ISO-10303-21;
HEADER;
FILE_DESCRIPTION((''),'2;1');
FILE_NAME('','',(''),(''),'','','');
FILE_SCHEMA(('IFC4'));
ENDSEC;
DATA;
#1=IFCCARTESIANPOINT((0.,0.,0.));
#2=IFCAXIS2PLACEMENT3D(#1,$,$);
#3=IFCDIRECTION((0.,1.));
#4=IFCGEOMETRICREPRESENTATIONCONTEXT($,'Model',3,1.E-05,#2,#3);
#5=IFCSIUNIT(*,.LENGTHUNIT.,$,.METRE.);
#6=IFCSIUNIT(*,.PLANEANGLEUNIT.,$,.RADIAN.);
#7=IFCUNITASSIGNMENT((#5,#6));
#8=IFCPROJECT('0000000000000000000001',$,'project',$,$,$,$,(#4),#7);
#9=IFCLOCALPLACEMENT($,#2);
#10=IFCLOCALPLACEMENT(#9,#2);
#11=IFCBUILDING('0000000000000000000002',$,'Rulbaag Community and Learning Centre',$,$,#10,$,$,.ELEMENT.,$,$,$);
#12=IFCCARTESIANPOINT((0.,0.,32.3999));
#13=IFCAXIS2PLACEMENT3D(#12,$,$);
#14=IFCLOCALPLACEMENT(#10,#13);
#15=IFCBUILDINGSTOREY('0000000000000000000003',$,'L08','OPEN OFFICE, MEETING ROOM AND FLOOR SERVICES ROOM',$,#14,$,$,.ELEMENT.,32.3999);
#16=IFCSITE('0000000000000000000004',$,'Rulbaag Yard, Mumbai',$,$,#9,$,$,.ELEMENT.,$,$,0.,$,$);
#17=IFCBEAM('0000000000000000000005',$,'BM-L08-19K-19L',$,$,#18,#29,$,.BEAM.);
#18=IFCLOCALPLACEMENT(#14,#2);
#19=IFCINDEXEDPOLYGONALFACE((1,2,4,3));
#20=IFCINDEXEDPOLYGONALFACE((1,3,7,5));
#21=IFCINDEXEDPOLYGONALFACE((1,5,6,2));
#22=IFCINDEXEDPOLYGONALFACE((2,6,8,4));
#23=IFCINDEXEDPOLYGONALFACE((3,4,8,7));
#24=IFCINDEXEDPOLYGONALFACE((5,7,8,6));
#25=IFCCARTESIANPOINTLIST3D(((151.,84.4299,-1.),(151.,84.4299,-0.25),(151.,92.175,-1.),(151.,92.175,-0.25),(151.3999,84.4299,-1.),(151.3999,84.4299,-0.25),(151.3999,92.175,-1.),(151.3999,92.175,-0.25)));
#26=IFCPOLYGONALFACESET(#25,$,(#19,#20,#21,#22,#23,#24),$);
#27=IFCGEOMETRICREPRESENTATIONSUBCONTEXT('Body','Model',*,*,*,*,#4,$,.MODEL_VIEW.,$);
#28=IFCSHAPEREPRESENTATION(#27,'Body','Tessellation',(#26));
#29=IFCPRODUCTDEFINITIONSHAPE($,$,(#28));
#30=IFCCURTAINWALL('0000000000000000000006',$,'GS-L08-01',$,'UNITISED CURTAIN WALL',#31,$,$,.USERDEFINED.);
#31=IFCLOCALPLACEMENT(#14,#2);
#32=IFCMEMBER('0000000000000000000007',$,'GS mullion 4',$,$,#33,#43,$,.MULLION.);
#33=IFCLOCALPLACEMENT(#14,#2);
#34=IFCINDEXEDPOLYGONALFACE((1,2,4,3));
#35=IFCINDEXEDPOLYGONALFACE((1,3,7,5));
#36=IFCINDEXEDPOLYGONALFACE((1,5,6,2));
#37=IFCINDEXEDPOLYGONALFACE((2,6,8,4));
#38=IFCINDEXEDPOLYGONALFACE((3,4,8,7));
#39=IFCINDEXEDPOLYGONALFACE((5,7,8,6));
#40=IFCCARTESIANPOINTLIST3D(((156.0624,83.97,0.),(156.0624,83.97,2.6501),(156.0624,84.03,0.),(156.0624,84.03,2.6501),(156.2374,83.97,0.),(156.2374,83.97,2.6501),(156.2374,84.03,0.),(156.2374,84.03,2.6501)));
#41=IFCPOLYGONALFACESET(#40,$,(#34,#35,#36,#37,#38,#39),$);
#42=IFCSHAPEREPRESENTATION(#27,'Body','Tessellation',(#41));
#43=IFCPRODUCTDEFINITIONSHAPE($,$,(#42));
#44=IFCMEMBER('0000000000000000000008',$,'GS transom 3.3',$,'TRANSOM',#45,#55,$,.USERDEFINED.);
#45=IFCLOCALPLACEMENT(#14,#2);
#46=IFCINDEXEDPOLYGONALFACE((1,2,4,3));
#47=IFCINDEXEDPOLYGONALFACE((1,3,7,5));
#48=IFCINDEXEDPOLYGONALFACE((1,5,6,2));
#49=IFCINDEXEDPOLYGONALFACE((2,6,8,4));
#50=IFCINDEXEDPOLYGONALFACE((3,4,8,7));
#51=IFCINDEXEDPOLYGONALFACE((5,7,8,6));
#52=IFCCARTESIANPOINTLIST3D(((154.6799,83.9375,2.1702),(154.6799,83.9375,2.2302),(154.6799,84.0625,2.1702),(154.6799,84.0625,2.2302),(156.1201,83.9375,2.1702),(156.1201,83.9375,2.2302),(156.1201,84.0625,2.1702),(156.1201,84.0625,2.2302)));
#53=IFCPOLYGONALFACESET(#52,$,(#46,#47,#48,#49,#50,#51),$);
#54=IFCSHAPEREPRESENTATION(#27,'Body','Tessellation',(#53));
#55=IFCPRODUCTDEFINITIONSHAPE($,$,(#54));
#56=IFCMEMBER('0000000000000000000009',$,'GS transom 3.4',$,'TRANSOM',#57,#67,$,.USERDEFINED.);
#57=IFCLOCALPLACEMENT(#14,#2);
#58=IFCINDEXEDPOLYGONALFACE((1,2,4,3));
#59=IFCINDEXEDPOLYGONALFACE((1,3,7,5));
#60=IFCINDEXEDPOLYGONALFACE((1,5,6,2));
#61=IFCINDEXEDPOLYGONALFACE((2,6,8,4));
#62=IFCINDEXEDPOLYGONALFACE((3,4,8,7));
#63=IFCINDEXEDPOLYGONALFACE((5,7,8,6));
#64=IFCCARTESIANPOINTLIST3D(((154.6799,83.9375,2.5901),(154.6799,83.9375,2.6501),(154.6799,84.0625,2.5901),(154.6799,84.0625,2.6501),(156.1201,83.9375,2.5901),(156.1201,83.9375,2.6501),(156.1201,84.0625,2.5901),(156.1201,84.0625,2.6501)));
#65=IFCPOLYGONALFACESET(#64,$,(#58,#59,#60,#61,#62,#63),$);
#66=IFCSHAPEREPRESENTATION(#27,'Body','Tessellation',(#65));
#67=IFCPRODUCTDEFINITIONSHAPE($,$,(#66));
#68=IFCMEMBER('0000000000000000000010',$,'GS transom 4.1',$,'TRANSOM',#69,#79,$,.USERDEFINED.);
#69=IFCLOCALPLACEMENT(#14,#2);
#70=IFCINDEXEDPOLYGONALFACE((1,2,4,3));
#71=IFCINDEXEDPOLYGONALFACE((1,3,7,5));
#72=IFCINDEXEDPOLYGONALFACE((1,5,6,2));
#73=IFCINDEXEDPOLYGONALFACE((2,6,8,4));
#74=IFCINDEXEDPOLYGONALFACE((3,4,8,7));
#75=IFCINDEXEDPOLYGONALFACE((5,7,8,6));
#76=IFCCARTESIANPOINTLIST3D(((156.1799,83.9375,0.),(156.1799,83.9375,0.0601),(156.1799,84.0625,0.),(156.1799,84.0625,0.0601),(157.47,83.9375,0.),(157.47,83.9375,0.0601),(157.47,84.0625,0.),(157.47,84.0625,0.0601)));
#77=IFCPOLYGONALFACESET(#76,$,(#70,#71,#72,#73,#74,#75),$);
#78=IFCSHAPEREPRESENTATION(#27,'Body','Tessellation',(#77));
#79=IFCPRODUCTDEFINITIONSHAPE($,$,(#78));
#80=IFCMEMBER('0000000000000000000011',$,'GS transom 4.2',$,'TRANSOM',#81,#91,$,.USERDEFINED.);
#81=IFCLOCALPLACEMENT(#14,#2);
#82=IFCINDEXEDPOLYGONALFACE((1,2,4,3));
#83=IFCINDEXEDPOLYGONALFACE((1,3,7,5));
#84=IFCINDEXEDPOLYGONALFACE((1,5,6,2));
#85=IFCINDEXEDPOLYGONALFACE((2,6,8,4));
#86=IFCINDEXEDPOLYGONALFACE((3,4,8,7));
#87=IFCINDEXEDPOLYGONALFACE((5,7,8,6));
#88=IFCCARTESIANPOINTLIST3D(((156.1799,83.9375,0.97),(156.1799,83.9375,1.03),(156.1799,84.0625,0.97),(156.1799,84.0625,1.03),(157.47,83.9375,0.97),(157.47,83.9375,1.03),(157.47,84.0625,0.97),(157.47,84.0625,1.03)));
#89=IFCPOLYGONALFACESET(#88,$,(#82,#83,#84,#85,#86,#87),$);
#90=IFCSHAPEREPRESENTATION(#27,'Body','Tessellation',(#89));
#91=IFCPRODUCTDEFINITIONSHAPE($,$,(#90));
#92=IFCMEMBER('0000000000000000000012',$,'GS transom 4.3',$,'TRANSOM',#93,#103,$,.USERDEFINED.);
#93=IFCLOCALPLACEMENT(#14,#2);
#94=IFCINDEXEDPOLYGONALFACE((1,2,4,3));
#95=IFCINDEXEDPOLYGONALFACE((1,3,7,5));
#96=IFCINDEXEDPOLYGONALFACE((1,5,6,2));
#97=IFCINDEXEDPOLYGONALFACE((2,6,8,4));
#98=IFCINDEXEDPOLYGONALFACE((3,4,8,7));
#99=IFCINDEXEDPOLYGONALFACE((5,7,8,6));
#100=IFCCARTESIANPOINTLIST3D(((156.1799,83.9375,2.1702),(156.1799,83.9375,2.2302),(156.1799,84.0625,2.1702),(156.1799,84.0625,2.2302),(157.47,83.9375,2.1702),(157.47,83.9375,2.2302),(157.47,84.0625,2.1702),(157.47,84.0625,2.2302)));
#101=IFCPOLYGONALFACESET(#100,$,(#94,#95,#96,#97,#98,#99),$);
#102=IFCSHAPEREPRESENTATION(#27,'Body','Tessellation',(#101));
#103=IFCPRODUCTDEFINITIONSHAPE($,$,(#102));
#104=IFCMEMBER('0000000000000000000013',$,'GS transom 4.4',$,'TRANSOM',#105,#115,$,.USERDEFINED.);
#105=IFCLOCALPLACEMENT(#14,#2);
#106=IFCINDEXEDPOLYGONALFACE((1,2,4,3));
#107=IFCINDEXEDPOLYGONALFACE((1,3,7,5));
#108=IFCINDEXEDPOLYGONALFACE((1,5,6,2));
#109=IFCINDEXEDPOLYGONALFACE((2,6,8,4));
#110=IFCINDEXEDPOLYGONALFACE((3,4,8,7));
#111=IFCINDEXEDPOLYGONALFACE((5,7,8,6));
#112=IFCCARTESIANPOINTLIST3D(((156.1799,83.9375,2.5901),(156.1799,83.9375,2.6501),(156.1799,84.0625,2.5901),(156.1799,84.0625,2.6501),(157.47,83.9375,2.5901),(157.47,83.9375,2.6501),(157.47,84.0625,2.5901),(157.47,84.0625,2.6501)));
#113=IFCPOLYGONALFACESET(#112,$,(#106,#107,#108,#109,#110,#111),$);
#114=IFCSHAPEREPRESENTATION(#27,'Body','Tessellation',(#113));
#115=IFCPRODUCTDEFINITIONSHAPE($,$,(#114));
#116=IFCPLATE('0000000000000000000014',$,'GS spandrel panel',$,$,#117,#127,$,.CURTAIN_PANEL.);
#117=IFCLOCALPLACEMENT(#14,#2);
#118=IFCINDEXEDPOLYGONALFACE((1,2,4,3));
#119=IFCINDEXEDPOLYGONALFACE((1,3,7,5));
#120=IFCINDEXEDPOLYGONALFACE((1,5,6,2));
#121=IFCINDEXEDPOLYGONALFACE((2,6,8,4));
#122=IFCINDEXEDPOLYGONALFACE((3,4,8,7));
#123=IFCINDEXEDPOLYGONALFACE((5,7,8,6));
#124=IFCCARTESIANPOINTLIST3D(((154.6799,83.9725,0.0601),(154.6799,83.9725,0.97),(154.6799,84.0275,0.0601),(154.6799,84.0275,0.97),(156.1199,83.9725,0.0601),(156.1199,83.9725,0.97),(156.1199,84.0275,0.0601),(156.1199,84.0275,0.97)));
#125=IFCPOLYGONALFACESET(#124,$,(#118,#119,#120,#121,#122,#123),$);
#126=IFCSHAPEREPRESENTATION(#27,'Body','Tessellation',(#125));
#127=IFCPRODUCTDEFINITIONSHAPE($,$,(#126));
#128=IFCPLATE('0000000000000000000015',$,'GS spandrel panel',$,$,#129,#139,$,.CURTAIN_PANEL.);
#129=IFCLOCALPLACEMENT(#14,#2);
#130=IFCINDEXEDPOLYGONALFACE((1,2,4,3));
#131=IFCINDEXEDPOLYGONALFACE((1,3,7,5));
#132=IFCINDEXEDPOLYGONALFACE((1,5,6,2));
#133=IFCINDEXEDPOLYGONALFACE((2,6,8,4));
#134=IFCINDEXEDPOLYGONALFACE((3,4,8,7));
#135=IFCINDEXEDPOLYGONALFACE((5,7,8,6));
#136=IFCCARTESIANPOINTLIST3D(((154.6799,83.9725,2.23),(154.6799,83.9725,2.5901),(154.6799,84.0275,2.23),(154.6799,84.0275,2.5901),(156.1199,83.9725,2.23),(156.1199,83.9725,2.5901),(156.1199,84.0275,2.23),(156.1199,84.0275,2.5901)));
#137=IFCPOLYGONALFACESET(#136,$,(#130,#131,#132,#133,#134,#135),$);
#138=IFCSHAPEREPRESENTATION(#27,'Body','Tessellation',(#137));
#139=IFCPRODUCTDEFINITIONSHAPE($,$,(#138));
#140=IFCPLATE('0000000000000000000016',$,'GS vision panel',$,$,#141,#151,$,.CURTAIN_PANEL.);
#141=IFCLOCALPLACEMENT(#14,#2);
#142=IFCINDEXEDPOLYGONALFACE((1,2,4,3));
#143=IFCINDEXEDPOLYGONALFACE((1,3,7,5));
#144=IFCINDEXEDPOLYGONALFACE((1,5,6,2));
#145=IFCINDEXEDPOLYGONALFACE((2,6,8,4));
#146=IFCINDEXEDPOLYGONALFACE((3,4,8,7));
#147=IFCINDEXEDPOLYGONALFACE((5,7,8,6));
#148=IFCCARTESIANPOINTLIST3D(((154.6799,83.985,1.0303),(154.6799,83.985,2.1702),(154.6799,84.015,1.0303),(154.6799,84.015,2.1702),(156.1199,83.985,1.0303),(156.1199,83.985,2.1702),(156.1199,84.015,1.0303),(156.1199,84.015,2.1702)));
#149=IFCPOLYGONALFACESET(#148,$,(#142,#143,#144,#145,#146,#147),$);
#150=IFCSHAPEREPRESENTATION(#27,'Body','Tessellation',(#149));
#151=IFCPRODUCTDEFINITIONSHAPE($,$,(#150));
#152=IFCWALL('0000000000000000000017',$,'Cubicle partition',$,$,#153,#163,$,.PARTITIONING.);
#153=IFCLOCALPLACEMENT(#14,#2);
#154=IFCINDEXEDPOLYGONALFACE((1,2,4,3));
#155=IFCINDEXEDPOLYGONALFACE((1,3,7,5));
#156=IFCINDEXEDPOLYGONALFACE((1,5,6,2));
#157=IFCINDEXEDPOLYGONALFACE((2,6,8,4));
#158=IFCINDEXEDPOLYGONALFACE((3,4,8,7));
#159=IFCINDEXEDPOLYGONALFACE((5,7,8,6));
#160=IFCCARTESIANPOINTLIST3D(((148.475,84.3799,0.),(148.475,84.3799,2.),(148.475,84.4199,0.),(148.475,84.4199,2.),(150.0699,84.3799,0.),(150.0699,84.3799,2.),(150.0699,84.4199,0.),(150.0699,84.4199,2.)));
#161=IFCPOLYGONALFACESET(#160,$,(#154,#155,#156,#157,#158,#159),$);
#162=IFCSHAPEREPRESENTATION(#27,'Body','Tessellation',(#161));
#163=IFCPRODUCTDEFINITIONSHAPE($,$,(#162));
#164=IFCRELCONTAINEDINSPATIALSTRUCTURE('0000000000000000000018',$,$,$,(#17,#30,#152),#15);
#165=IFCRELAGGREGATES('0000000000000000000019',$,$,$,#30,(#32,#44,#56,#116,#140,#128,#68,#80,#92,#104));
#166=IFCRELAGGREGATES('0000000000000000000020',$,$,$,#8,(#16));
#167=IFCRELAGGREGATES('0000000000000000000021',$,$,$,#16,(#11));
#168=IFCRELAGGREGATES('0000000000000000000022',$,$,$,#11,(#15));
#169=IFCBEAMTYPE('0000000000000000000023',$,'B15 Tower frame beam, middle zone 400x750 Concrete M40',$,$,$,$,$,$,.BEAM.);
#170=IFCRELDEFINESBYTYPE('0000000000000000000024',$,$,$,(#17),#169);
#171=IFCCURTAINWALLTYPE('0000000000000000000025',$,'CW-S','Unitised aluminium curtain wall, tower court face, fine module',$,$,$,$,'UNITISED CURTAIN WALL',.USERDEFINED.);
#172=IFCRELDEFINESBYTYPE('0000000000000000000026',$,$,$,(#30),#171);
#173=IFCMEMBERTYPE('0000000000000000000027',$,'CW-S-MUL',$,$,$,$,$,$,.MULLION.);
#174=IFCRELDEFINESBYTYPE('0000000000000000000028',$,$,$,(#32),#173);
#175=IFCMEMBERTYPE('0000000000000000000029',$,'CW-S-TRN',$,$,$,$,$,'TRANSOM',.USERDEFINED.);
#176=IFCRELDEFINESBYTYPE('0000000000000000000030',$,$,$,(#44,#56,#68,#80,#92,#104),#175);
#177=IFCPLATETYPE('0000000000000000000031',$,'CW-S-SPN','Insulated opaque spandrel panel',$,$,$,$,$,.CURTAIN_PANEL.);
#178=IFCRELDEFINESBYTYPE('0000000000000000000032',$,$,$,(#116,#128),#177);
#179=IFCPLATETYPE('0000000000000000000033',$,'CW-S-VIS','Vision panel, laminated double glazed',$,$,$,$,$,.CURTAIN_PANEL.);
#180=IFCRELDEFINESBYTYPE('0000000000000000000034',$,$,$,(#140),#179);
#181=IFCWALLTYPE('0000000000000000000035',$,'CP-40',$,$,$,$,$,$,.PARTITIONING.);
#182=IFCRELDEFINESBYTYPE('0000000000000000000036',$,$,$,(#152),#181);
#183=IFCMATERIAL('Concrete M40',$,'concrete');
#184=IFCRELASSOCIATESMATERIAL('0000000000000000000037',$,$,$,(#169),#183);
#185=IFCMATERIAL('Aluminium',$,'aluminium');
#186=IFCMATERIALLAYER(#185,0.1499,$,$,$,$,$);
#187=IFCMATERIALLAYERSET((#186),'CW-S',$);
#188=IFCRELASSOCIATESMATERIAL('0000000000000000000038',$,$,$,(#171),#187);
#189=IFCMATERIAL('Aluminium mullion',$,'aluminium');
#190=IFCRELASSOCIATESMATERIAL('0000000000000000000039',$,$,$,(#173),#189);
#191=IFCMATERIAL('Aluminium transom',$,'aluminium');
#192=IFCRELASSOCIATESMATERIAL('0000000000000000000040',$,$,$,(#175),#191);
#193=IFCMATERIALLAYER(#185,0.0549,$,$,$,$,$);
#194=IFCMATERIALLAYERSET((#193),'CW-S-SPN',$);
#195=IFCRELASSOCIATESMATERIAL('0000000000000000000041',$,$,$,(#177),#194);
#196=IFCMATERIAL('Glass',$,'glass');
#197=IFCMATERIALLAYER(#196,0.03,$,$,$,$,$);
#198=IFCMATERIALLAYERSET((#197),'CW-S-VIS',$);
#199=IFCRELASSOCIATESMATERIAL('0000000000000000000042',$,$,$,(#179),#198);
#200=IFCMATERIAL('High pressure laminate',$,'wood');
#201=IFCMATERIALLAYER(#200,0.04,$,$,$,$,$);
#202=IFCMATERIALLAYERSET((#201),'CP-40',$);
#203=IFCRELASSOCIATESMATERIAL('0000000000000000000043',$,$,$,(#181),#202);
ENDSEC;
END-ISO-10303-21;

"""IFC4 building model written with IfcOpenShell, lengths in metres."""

from ifc_helpers import new_model, si_unit, direction, frame, frame_2d, origin, origin_2d, place, context, subcontext, project, spatial, rectangle, extrude, material, layer, layer_set, material_profile, profile_set, type_object, element, aggregate, save


model = new_model("IFC4")

# Units and contexts
model_context = context("Model", 3, precision=1e-05, world=origin(), true_north=direction((0.0, 1.0)))
body_context = subcontext(model_context, "Body", "Model", "MODEL_VIEW")
ifc_project = project(units=[si_unit("LENGTHUNIT", "METRE"), si_unit("PLANEANGLEUNIT", "RADIAN")], contexts=[model_context])

# Site, building, storey
site_placement = place(None, origin())
site = spatial("IfcSite", under=ifc_project, at=site_placement, Name="Rulbaag Yard, Mumbai", CompositionType="ELEMENT", RefElevation=0.0)
building_placement = place(site_placement, origin())
building = spatial("IfcBuilding", under=site, at=building_placement, Name="Rulbaag Community and Learning Centre", CompositionType="ELEMENT")
storey_placement = place(building_placement, frame((0.0, 0.0, 32.3999)))
storey = spatial("IfcBuildingStorey", under=building, at=storey_placement, Name="L08", Description="OPEN OFFICE, MEETING ROOM AND FLOOR SERVICES ROOM", CompositionType="ELEMENT", Elevation=32.3999)

# Beam
ifc_material_1 = material(Name="Concrete M40", Category="concrete")
ifc_material_profile_1 = material_profile(ifc_material_1, rectangle(XDim=0.3999, YDim=0.75, at=origin_2d()), Name="RB400x750")
ifc_profile_set_1 = profile_set([ifc_material_profile_1], Name="Concrete M40")
beam_type = type_object("IfcBeamType", Name="B15 Tower frame beam, middle zone 400x750 Concrete M40", PredefinedType="BEAM", material=ifc_profile_set_1)
beam_placement = place(storey_placement, frame((151.2, 84.4299, -0.625), z_axis=(0.0, 1.0, 0.0), x_axis=(-1.0, 0.0, 0.0)))
element("IfcBeam", 1, at=beam_placement, inside=storey, type_object=beam_type, Name="BM-L08-19K-19L", PredefinedType="BEAM", context=body_context, shape_type="SweptSolid", body=[
    extrude(rectangle(XDim=0.3999, YDim=0.75, at=origin_2d()), origin(), (0.0, 0.0, 1.0), 7.7451),
])

# Curtain wall, members, plates
ifc_material_2 = material(Name="Aluminium", Category="aluminium")
ifc_layer_1 = layer(ifc_material_2, 0.1499)
ifc_layer_set_1 = layer_set([ifc_layer_1], Name="CW-S")
curtain_wall_type = type_object("IfcCurtainWallType", Name="CW-S", Description="Unitised aluminium curtain wall, tower court face, fine module", ElementType="UNITISED CURTAIN WALL", PredefinedType="USERDEFINED", material=ifc_layer_set_1)
curtain_wall_placement = place(storey_placement, origin())
curtain_wall = element("IfcCurtainWall", 2, at=curtain_wall_placement, inside=storey, type_object=curtain_wall_type, Name="GS-L08-01", ObjectType="UNITISED CURTAIN WALL", PredefinedType="USERDEFINED")
ifc_material_3 = material(Name="Aluminium mullion", Category="aluminium")
ifc_material_profile_2 = material_profile(ifc_material_3, rectangle(XDim=0.0601, YDim=0.175, at=origin_2d()), Name="AL 60x175")
ifc_profile_set_2 = profile_set([ifc_material_profile_2], Name="Aluminium mullion")
member_type_1 = type_object("IfcMemberType", Name="CW-S-MUL", PredefinedType="MULLION", material=ifc_profile_set_2)
member_1_placement = place(storey_placement, frame((156.1499, 84.0, 0.0), z_axis=(0.0, 0.0, 1.0), x_axis=(0.0, 1.0, 0.0)))
member_1 = element("IfcMember", 3, at=member_1_placement, type_object=member_type_1, Name="GS mullion 4", PredefinedType="MULLION", context=body_context, shape_type="SweptSolid", body=[
    extrude(rectangle(XDim=0.0601, YDim=0.175, at=origin_2d()), origin(), (0.0, 0.0, 1.0), 2.6501),
])
ifc_material_4 = material(Name="Aluminium transom", Category="aluminium")
ifc_material_profile_3 = material_profile(ifc_material_4, rectangle(XDim=0.125, YDim=0.0601, at=origin_2d()), Name="AL 60x125 T")
ifc_profile_set_3 = profile_set([ifc_material_profile_3], Name="Aluminium transom")
member_type_2 = type_object("IfcMemberType", Name="CW-S-TRN", ElementType="TRANSOM", PredefinedType="USERDEFINED", material=ifc_profile_set_3)
member_2_placement = place(storey_placement, frame((154.6799, 84.0, 2.2002), z_axis=(1.0, 0.0, 0.0), x_axis=(0.0, 1.0, 0.0)))
member_2 = element("IfcMember", 4, at=member_2_placement, type_object=member_type_2, Name="GS transom 3.3", ObjectType="TRANSOM", PredefinedType="USERDEFINED", context=body_context, shape_type="SweptSolid", body=[
    extrude(rectangle(XDim=0.125, YDim=0.0601, at=origin_2d()), origin(), (0.0, 0.0, 1.0), 1.4402),
])
member_3_placement = place(storey_placement, frame((154.6799, 84.0, 2.6201), z_axis=(1.0, 0.0, 0.0), x_axis=(0.0, 1.0, 0.0)))
member_3 = element("IfcMember", 5, at=member_3_placement, type_object=member_type_2, Name="GS transom 3.4", ObjectType="TRANSOM", PredefinedType="USERDEFINED", context=body_context, shape_type="SweptSolid", body=[
    extrude(rectangle(XDim=0.125, YDim=0.0601, at=origin_2d()), origin(), (0.0, 0.0, 1.0), 1.4402),
])
member_4_placement = place(storey_placement, frame((156.1799, 84.0, 0.03), z_axis=(1.0, 0.0, 0.0), x_axis=(0.0, 1.0, 0.0)))
member_4 = element("IfcMember", 6, at=member_4_placement, type_object=member_type_2, Name="GS transom 4.1", ObjectType="TRANSOM", PredefinedType="USERDEFINED", context=body_context, shape_type="SweptSolid", body=[
    extrude(rectangle(XDim=0.125, YDim=0.0601, at=origin_2d()), origin(), (0.0, 0.0, 1.0), 1.29),
])
member_5_placement = place(storey_placement, frame((156.1799, 84.0, 1.0), z_axis=(1.0, 0.0, 0.0), x_axis=(0.0, 1.0, 0.0)))
member_5 = element("IfcMember", 7, at=member_5_placement, type_object=member_type_2, Name="GS transom 4.2", ObjectType="TRANSOM", PredefinedType="USERDEFINED", context=body_context, shape_type="SweptSolid", body=[
    extrude(rectangle(XDim=0.125, YDim=0.0601, at=origin_2d()), origin(), (0.0, 0.0, 1.0), 1.29),
])
member_6_placement = place(storey_placement, frame((156.1799, 84.0, 2.2002), z_axis=(1.0, 0.0, 0.0), x_axis=(0.0, 1.0, 0.0)))
member_6 = element("IfcMember", 8, at=member_6_placement, type_object=member_type_2, Name="GS transom 4.3", ObjectType="TRANSOM", PredefinedType="USERDEFINED", context=body_context, shape_type="SweptSolid", body=[
    extrude(rectangle(XDim=0.125, YDim=0.0601, at=origin_2d()), origin(), (0.0, 0.0, 1.0), 1.29),
])
member_7_placement = place(storey_placement, frame((156.1799, 84.0, 2.6201), z_axis=(1.0, 0.0, 0.0), x_axis=(0.0, 1.0, 0.0)))
member_7 = element("IfcMember", 9, at=member_7_placement, type_object=member_type_2, Name="GS transom 4.4", ObjectType="TRANSOM", PredefinedType="USERDEFINED", context=body_context, shape_type="SweptSolid", body=[
    extrude(rectangle(XDim=0.125, YDim=0.0601, at=origin_2d()), origin(), (0.0, 0.0, 1.0), 1.29),
])
ifc_layer_2 = layer(ifc_material_2, 0.0549)
ifc_layer_set_2 = layer_set([ifc_layer_2], Name="CW-S-SPN")
plate_type_1 = type_object("IfcPlateType", Name="CW-S-SPN", Description="Insulated opaque spandrel panel", PredefinedType="CURTAIN_PANEL", material=ifc_layer_set_2)
plate_1_placement = place(storey_placement, frame((155.3999, 84.0, 0.0601), z_axis=(0.0, 0.0, 1.0), x_axis=(1.0, 0.0, 0.0)))
plate_1 = element("IfcPlate", 10, at=plate_1_placement, type_object=plate_type_1, Name="GS spandrel panel", PredefinedType="CURTAIN_PANEL", context=body_context, shape_type="SweptSolid", body=[
    extrude(rectangle(XDim=1.4399, YDim=0.0549, at=origin_2d()), origin(), (0.0, 0.0, 1.0), 0.9099),
])
plate_2_placement = place(storey_placement, frame((155.3999, 84.0, 2.23), z_axis=(0.0, 0.0, 1.0), x_axis=(1.0, 0.0, 0.0)))
plate_2 = element("IfcPlate", 11, at=plate_2_placement, type_object=plate_type_1, Name="GS spandrel panel", PredefinedType="CURTAIN_PANEL", context=body_context, shape_type="SweptSolid", body=[
    extrude(rectangle(XDim=1.4399, YDim=0.0549, at=origin_2d()), origin(), (0.0, 0.0, 1.0), 0.3601),
])
ifc_material_5 = material(Name="Glass", Category="glass")
ifc_layer_3 = layer(ifc_material_5, 0.03)
ifc_layer_set_3 = layer_set([ifc_layer_3], Name="CW-S-VIS")
plate_type_2 = type_object("IfcPlateType", Name="CW-S-VIS", Description="Vision panel, laminated double glazed", PredefinedType="CURTAIN_PANEL", material=ifc_layer_set_3)
plate_3_placement = place(storey_placement, frame((155.3999, 84.0, 1.0303), z_axis=(0.0, 0.0, 1.0), x_axis=(1.0, 0.0, 0.0)))
plate_3 = element("IfcPlate", 12, at=plate_3_placement, type_object=plate_type_2, Name="GS vision panel", PredefinedType="CURTAIN_PANEL", context=body_context, shape_type="SweptSolid", body=[
    extrude(rectangle(XDim=1.4399, YDim=0.03, at=origin_2d()), origin(), (0.0, 0.0, 1.0), 1.1399),
])
aggregate(curtain_wall, [member_1, member_2, member_3, plate_1, plate_3, plate_2, member_4, member_5, member_6, member_7])

# Wall
ifc_material_6 = material(Name="High pressure laminate", Category="wood")
ifc_layer_4 = layer(ifc_material_6, 0.04)
ifc_layer_set_4 = layer_set([ifc_layer_4], Name="CP-40")
wall_type_1 = type_object("IfcWallType", Name="CP-40", PredefinedType="PARTITIONING", material=ifc_layer_set_4)
wall_1_placement = place(storey_placement, frame((148.4751, 84.3999, 0.0), z_axis=(0.0, 0.0, 1.0), x_axis=(1.0, 0.0, 0.0)))
element("IfcWall", 13, at=wall_1_placement, inside=storey, type_object=wall_type_1, Name="Cubicle partition", PredefinedType="PARTITIONING", context=body_context, shape_type="SweptSolid", body=[
    extrude(rectangle(XDim=1.595, YDim=0.04, at=frame_2d((0.7974, 0.0))), origin(), (0.0, 0.0, 1.0), 2.0),
])

save(model, "model.ifc")
